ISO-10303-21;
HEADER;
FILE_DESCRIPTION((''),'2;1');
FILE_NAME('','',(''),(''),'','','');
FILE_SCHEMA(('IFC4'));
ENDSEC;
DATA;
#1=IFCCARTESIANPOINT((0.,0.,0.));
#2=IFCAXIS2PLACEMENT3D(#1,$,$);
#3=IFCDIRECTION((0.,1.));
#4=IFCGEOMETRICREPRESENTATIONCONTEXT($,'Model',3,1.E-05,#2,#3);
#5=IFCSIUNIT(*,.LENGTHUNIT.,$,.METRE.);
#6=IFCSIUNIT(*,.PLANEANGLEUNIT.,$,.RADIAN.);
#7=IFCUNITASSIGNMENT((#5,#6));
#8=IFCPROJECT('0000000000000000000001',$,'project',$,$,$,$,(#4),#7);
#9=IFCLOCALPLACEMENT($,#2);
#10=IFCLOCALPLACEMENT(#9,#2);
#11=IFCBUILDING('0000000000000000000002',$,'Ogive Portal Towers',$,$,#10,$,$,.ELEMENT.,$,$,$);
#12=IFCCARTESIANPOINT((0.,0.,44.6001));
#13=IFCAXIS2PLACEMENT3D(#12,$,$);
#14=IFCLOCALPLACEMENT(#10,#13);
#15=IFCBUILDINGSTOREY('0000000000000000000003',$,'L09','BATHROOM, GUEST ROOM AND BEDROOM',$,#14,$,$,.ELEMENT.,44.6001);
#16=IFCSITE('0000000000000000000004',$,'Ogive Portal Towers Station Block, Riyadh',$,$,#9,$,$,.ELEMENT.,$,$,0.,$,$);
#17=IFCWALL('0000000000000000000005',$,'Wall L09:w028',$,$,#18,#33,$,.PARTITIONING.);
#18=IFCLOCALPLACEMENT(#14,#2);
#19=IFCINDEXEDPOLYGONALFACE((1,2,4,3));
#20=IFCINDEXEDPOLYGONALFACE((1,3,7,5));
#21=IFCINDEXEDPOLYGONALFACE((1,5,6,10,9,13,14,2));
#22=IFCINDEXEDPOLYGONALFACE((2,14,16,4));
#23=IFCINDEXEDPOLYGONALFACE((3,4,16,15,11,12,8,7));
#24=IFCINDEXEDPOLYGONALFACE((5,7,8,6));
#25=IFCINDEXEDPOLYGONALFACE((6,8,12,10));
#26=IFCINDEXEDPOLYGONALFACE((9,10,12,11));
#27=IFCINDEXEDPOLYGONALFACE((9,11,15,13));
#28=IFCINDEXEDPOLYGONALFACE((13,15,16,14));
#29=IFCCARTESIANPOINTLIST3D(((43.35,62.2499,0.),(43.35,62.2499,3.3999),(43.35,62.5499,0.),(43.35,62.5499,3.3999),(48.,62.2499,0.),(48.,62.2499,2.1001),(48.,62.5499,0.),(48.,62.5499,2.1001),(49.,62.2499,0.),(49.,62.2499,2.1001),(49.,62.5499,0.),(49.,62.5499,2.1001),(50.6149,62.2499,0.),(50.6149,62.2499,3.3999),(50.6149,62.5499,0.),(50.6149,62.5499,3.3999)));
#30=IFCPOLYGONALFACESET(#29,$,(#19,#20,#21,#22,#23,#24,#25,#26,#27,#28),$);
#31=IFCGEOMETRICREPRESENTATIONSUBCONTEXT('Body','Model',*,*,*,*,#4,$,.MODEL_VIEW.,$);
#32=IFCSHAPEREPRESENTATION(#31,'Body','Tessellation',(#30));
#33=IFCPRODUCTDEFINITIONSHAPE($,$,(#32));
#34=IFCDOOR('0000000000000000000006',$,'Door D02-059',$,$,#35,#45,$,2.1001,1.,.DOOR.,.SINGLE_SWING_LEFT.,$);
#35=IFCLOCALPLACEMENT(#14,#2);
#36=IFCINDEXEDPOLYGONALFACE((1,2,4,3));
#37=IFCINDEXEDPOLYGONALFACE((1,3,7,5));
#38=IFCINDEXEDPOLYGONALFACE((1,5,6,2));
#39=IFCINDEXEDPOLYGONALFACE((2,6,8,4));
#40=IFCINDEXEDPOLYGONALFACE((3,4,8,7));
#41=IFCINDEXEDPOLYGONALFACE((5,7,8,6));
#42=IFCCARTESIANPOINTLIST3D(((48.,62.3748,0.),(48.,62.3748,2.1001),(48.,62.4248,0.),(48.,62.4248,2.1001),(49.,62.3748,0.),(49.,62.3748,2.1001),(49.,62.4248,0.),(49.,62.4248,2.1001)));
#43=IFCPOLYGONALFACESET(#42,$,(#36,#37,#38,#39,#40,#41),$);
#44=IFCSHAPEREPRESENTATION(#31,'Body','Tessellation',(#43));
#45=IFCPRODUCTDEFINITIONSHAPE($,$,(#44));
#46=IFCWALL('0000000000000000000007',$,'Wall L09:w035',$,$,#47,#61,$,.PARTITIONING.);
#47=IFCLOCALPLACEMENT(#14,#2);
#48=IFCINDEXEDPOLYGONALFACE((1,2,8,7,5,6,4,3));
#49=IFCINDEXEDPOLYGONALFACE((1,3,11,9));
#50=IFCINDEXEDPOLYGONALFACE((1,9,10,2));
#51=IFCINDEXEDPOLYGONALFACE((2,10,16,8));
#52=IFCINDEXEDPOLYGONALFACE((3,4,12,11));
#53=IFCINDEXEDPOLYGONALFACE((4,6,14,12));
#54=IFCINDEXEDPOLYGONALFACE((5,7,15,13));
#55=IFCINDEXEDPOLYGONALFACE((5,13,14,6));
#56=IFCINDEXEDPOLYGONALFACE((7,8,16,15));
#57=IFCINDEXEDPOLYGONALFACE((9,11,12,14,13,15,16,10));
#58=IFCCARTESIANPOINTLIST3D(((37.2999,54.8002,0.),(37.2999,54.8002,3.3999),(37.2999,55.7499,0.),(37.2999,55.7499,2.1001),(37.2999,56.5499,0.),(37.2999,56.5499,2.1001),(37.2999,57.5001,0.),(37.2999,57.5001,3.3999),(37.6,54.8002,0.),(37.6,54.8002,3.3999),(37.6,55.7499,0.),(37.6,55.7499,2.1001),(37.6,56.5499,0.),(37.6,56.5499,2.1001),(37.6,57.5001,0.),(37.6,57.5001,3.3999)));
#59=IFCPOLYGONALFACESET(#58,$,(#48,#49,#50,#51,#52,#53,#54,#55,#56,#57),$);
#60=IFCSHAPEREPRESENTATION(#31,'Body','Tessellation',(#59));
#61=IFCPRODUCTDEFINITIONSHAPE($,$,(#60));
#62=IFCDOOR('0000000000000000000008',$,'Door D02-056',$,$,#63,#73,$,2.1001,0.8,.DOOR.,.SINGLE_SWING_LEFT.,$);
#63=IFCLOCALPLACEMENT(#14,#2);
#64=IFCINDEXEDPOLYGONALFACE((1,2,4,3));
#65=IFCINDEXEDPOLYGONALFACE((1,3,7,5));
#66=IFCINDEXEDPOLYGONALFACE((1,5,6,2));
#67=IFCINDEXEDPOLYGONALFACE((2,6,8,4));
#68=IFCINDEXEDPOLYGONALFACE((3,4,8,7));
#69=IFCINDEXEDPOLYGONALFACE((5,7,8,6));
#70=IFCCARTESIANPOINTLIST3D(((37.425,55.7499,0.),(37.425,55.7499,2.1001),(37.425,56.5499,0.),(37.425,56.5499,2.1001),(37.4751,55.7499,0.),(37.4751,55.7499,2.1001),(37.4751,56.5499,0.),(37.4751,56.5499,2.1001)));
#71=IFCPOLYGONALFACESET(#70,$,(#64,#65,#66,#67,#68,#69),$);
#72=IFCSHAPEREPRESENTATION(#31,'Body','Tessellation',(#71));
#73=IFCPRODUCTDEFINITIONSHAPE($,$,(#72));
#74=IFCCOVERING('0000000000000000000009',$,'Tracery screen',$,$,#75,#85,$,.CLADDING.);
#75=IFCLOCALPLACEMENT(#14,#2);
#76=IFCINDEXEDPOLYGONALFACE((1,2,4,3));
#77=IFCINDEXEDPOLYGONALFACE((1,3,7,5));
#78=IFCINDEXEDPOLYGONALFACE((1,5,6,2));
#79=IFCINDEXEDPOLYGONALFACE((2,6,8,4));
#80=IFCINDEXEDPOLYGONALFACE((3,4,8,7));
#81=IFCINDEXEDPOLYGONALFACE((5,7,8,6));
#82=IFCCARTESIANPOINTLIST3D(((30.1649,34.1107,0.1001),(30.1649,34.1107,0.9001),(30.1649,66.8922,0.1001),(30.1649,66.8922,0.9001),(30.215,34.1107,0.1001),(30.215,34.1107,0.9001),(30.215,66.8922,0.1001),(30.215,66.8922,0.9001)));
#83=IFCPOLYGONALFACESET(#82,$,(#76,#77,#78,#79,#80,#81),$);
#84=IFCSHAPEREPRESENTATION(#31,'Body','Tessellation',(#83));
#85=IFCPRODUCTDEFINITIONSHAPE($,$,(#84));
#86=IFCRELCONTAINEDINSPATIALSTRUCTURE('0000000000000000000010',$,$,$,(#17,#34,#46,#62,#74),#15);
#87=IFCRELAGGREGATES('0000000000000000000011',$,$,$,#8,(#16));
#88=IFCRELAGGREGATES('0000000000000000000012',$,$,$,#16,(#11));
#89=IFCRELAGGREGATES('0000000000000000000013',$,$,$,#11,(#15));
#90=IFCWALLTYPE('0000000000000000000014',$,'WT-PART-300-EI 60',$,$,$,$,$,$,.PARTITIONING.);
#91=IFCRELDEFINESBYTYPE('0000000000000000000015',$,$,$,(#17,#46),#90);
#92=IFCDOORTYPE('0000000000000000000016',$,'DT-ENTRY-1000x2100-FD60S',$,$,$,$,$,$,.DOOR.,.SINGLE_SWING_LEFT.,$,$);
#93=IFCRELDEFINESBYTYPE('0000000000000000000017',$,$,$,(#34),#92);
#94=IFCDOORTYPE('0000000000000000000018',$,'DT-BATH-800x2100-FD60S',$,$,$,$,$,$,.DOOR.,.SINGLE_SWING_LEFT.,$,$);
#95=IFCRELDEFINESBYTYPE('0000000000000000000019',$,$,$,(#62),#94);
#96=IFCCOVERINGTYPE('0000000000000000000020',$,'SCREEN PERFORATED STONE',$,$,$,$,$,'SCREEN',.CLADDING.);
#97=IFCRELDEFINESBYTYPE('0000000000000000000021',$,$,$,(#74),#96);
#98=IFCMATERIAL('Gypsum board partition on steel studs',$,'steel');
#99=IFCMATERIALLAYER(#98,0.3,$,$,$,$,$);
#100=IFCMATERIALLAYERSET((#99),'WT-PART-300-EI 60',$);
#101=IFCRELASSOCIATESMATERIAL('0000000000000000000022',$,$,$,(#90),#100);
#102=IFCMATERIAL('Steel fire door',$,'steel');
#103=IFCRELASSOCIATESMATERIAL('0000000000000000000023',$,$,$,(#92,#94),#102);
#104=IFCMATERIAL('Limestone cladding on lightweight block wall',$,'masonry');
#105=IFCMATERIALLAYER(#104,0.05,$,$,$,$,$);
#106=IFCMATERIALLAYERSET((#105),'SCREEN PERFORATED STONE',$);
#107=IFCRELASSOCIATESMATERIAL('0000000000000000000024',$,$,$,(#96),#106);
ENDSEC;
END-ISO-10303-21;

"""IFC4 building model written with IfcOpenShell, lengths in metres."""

from ifc_helpers import new_model, si_unit, direction, frame, frame_2d, origin, origin_2d, place, context, subcontext, project, spatial, rectangle, extrude, material, layer, layer_set, type_object, element, fill, save


model = new_model("IFC4")

# Units and contexts
model_context = context("Model", 3, precision=1e-05, world=origin(), true_north=direction((0.0, 1.0)))
body_context = subcontext(model_context, "Body", "Model", "MODEL_VIEW")
ifc_project = project(units=[si_unit("LENGTHUNIT", "METRE"), si_unit("PLANEANGLEUNIT", "RADIAN")], contexts=[model_context])

# Site, building, storey
site_placement = place(None, origin())
site = spatial("IfcSite", under=ifc_project, at=site_placement, Name="Ogive Portal Towers Station Block, Riyadh", CompositionType="ELEMENT", RefElevation=0.0)
building_placement = place(site_placement, origin())
building = spatial("IfcBuilding", under=site, at=building_placement, Name="Ogive Portal Towers", CompositionType="ELEMENT")
storey_placement = place(building_placement, frame((0.0, 0.0, 44.6001)))
storey = spatial("IfcBuildingStorey", under=building, at=storey_placement, Name="L09", Description="BATHROOM, GUEST ROOM AND BEDROOM", CompositionType="ELEMENT", Elevation=44.6001)

# Shared definitions
ifc_material_1 = material(Name="Steel fire door", Category="steel")

# Shared definitions
ifc_material_2 = material(Name="Gypsum board partition on steel studs", Category="steel")
ifc_layer_1 = layer(ifc_material_2, 0.3)
ifc_layer_set_1 = layer_set([ifc_layer_1], Name="WT-PART-300-EI 60")
wall_type_1 = type_object("IfcWallType", Name="WT-PART-300-EI 60", PredefinedType="PARTITIONING", material=ifc_layer_set_1)

# Walls, openings, doors
wall_1_placement = place(storey_placement, frame((43.3501, 62.3999, 0.0), z_axis=(0.0, 0.0, 1.0), x_axis=(1.0, 0.0, 0.0)))
wall_1 = element("IfcWall", 1, at=wall_1_placement, inside=storey, type_object=wall_type_1, Name="Wall L09:w028", PredefinedType="PARTITIONING", context=body_context, shape_type="SweptSolid", body=[
    extrude(rectangle(XDim=7.2649, YDim=0.3, at=frame_2d((3.6323, 0.0))), origin(), (0.0, 0.0, 1.0), 3.3999),
])
opening_1_placement = place(wall_1_placement, frame((4.6499, 0.0, 0.0)))
opening_1 = element("IfcOpeningElement", 2, at=opening_1_placement, cuts=wall_1, PredefinedType="OPENING", context=body_context, shape_type="SweptSolid", body=[
    extrude(rectangle(XDim=1.0, YDim=2.1001, at=frame_2d((0.5, 1.05))), frame((0.0, 0.1602, 0.0), z_axis=(0.0, -1.0, 0.0), x_axis=(1.0, 0.0, 0.0)), (0.0, 0.0, 1.0), 0.3201),
])
door_type_1 = type_object("IfcDoorType", Name="DT-ENTRY-1000x2100-FD60S", OperationType="SINGLE_SWING_LEFT", PredefinedType="DOOR", material=ifc_material_1)
door_1_placement = place(opening_1_placement, origin())
door_1 = element("IfcDoor", 3, at=door_1_placement, inside=storey, type_object=door_type_1, Name="Door D02-059", OperationType="SINGLE_SWING_LEFT", OverallHeight=2.1001, OverallWidth=1.0, PredefinedType="DOOR", context=body_context, shape_type="SweptSolid", body=[
    extrude(rectangle(XDim=1.0, YDim=2.1001, at=frame_2d((0.5, 1.05))), frame((0.0, 0.0249, 0.0), z_axis=(0.0, -1.0, 0.0), x_axis=(1.0, 0.0, 0.0)), (0.0, 0.0, 1.0), 0.05),
])
fill(opening_1, door_1)
wall_2_placement = place(storey_placement, frame((37.45, 54.8, 0.0), z_axis=(0.0, 0.0, 1.0), x_axis=(0.0, 1.0, 0.0)))
wall_2 = element("IfcWall", 4, at=wall_2_placement, inside=storey, type_object=wall_type_1, Name="Wall L09:w035", PredefinedType="PARTITIONING", context=body_context, shape_type="SweptSolid", body=[
    extrude(rectangle(XDim=2.7, YDim=0.3, at=frame_2d((1.3501, 0.0))), origin(), (0.0, 0.0, 1.0), 3.3999),
])
opening_2_placement = place(wall_2_placement, frame((0.95, 0.0, 0.0)))
opening_2 = element("IfcOpeningElement", 5, at=opening_2_placement, cuts=wall_2, PredefinedType="OPENING", context=body_context, shape_type="SweptSolid", body=[
    extrude(rectangle(XDim=0.8, YDim=2.1001, at=frame_2d((0.3999, 1.05))), frame((0.0, 0.1602, 0.0), z_axis=(0.0, -1.0, 0.0), x_axis=(1.0, 0.0, 0.0)), (0.0, 0.0, 1.0), 0.3201),
])
door_type_2 = type_object("IfcDoorType", Name="DT-BATH-800x2100-FD60S", OperationType="SINGLE_SWING_LEFT", PredefinedType="DOOR", material=ifc_material_1)
door_2_placement = place(opening_2_placement, origin())
door_2 = element("IfcDoor", 6, at=door_2_placement, inside=storey, type_object=door_type_2, Name="Door D02-056", OperationType="SINGLE_SWING_LEFT", OverallHeight=2.1001, OverallWidth=0.8, PredefinedType="DOOR", context=body_context, shape_type="SweptSolid", body=[
    extrude(rectangle(XDim=0.8, YDim=2.1001, at=frame_2d((0.3999, 1.05))), frame((0.0, 0.0249, 0.0), z_axis=(0.0, -1.0, 0.0), x_axis=(1.0, 0.0, 0.0)), (0.0, 0.0, 1.0), 0.05),
])
fill(opening_2, door_2)

# Covering
ifc_material_3 = material(Name="Limestone cladding on lightweight block wall", Category="masonry")
ifc_layer_2 = layer(ifc_material_3, 0.05)
ifc_layer_set_2 = layer_set([ifc_layer_2], Name="SCREEN PERFORATED STONE")
covering_type = type_object("IfcCoveringType", Name="SCREEN PERFORATED STONE", ElementType="SCREEN", PredefinedType="CLADDING", material=ifc_layer_set_2)
covering_placement = place(storey_placement, frame((30.1899, 50.5015, 0.1001), z_axis=(0.0, 0.0, 1.0), x_axis=(0.0, -1.0, 0.0)))
element("IfcCovering", 7, at=covering_placement, inside=storey, type_object=covering_type, Name="Tracery screen", PredefinedType="CLADDING", context=body_context, shape_type="SweptSolid", body=[
    extrude(rectangle(XDim=32.7815, YDim=0.05, at=origin_2d()), origin(), (0.0, 0.0, 1.0), 0.8),
])

save(model, "model.ifc")
